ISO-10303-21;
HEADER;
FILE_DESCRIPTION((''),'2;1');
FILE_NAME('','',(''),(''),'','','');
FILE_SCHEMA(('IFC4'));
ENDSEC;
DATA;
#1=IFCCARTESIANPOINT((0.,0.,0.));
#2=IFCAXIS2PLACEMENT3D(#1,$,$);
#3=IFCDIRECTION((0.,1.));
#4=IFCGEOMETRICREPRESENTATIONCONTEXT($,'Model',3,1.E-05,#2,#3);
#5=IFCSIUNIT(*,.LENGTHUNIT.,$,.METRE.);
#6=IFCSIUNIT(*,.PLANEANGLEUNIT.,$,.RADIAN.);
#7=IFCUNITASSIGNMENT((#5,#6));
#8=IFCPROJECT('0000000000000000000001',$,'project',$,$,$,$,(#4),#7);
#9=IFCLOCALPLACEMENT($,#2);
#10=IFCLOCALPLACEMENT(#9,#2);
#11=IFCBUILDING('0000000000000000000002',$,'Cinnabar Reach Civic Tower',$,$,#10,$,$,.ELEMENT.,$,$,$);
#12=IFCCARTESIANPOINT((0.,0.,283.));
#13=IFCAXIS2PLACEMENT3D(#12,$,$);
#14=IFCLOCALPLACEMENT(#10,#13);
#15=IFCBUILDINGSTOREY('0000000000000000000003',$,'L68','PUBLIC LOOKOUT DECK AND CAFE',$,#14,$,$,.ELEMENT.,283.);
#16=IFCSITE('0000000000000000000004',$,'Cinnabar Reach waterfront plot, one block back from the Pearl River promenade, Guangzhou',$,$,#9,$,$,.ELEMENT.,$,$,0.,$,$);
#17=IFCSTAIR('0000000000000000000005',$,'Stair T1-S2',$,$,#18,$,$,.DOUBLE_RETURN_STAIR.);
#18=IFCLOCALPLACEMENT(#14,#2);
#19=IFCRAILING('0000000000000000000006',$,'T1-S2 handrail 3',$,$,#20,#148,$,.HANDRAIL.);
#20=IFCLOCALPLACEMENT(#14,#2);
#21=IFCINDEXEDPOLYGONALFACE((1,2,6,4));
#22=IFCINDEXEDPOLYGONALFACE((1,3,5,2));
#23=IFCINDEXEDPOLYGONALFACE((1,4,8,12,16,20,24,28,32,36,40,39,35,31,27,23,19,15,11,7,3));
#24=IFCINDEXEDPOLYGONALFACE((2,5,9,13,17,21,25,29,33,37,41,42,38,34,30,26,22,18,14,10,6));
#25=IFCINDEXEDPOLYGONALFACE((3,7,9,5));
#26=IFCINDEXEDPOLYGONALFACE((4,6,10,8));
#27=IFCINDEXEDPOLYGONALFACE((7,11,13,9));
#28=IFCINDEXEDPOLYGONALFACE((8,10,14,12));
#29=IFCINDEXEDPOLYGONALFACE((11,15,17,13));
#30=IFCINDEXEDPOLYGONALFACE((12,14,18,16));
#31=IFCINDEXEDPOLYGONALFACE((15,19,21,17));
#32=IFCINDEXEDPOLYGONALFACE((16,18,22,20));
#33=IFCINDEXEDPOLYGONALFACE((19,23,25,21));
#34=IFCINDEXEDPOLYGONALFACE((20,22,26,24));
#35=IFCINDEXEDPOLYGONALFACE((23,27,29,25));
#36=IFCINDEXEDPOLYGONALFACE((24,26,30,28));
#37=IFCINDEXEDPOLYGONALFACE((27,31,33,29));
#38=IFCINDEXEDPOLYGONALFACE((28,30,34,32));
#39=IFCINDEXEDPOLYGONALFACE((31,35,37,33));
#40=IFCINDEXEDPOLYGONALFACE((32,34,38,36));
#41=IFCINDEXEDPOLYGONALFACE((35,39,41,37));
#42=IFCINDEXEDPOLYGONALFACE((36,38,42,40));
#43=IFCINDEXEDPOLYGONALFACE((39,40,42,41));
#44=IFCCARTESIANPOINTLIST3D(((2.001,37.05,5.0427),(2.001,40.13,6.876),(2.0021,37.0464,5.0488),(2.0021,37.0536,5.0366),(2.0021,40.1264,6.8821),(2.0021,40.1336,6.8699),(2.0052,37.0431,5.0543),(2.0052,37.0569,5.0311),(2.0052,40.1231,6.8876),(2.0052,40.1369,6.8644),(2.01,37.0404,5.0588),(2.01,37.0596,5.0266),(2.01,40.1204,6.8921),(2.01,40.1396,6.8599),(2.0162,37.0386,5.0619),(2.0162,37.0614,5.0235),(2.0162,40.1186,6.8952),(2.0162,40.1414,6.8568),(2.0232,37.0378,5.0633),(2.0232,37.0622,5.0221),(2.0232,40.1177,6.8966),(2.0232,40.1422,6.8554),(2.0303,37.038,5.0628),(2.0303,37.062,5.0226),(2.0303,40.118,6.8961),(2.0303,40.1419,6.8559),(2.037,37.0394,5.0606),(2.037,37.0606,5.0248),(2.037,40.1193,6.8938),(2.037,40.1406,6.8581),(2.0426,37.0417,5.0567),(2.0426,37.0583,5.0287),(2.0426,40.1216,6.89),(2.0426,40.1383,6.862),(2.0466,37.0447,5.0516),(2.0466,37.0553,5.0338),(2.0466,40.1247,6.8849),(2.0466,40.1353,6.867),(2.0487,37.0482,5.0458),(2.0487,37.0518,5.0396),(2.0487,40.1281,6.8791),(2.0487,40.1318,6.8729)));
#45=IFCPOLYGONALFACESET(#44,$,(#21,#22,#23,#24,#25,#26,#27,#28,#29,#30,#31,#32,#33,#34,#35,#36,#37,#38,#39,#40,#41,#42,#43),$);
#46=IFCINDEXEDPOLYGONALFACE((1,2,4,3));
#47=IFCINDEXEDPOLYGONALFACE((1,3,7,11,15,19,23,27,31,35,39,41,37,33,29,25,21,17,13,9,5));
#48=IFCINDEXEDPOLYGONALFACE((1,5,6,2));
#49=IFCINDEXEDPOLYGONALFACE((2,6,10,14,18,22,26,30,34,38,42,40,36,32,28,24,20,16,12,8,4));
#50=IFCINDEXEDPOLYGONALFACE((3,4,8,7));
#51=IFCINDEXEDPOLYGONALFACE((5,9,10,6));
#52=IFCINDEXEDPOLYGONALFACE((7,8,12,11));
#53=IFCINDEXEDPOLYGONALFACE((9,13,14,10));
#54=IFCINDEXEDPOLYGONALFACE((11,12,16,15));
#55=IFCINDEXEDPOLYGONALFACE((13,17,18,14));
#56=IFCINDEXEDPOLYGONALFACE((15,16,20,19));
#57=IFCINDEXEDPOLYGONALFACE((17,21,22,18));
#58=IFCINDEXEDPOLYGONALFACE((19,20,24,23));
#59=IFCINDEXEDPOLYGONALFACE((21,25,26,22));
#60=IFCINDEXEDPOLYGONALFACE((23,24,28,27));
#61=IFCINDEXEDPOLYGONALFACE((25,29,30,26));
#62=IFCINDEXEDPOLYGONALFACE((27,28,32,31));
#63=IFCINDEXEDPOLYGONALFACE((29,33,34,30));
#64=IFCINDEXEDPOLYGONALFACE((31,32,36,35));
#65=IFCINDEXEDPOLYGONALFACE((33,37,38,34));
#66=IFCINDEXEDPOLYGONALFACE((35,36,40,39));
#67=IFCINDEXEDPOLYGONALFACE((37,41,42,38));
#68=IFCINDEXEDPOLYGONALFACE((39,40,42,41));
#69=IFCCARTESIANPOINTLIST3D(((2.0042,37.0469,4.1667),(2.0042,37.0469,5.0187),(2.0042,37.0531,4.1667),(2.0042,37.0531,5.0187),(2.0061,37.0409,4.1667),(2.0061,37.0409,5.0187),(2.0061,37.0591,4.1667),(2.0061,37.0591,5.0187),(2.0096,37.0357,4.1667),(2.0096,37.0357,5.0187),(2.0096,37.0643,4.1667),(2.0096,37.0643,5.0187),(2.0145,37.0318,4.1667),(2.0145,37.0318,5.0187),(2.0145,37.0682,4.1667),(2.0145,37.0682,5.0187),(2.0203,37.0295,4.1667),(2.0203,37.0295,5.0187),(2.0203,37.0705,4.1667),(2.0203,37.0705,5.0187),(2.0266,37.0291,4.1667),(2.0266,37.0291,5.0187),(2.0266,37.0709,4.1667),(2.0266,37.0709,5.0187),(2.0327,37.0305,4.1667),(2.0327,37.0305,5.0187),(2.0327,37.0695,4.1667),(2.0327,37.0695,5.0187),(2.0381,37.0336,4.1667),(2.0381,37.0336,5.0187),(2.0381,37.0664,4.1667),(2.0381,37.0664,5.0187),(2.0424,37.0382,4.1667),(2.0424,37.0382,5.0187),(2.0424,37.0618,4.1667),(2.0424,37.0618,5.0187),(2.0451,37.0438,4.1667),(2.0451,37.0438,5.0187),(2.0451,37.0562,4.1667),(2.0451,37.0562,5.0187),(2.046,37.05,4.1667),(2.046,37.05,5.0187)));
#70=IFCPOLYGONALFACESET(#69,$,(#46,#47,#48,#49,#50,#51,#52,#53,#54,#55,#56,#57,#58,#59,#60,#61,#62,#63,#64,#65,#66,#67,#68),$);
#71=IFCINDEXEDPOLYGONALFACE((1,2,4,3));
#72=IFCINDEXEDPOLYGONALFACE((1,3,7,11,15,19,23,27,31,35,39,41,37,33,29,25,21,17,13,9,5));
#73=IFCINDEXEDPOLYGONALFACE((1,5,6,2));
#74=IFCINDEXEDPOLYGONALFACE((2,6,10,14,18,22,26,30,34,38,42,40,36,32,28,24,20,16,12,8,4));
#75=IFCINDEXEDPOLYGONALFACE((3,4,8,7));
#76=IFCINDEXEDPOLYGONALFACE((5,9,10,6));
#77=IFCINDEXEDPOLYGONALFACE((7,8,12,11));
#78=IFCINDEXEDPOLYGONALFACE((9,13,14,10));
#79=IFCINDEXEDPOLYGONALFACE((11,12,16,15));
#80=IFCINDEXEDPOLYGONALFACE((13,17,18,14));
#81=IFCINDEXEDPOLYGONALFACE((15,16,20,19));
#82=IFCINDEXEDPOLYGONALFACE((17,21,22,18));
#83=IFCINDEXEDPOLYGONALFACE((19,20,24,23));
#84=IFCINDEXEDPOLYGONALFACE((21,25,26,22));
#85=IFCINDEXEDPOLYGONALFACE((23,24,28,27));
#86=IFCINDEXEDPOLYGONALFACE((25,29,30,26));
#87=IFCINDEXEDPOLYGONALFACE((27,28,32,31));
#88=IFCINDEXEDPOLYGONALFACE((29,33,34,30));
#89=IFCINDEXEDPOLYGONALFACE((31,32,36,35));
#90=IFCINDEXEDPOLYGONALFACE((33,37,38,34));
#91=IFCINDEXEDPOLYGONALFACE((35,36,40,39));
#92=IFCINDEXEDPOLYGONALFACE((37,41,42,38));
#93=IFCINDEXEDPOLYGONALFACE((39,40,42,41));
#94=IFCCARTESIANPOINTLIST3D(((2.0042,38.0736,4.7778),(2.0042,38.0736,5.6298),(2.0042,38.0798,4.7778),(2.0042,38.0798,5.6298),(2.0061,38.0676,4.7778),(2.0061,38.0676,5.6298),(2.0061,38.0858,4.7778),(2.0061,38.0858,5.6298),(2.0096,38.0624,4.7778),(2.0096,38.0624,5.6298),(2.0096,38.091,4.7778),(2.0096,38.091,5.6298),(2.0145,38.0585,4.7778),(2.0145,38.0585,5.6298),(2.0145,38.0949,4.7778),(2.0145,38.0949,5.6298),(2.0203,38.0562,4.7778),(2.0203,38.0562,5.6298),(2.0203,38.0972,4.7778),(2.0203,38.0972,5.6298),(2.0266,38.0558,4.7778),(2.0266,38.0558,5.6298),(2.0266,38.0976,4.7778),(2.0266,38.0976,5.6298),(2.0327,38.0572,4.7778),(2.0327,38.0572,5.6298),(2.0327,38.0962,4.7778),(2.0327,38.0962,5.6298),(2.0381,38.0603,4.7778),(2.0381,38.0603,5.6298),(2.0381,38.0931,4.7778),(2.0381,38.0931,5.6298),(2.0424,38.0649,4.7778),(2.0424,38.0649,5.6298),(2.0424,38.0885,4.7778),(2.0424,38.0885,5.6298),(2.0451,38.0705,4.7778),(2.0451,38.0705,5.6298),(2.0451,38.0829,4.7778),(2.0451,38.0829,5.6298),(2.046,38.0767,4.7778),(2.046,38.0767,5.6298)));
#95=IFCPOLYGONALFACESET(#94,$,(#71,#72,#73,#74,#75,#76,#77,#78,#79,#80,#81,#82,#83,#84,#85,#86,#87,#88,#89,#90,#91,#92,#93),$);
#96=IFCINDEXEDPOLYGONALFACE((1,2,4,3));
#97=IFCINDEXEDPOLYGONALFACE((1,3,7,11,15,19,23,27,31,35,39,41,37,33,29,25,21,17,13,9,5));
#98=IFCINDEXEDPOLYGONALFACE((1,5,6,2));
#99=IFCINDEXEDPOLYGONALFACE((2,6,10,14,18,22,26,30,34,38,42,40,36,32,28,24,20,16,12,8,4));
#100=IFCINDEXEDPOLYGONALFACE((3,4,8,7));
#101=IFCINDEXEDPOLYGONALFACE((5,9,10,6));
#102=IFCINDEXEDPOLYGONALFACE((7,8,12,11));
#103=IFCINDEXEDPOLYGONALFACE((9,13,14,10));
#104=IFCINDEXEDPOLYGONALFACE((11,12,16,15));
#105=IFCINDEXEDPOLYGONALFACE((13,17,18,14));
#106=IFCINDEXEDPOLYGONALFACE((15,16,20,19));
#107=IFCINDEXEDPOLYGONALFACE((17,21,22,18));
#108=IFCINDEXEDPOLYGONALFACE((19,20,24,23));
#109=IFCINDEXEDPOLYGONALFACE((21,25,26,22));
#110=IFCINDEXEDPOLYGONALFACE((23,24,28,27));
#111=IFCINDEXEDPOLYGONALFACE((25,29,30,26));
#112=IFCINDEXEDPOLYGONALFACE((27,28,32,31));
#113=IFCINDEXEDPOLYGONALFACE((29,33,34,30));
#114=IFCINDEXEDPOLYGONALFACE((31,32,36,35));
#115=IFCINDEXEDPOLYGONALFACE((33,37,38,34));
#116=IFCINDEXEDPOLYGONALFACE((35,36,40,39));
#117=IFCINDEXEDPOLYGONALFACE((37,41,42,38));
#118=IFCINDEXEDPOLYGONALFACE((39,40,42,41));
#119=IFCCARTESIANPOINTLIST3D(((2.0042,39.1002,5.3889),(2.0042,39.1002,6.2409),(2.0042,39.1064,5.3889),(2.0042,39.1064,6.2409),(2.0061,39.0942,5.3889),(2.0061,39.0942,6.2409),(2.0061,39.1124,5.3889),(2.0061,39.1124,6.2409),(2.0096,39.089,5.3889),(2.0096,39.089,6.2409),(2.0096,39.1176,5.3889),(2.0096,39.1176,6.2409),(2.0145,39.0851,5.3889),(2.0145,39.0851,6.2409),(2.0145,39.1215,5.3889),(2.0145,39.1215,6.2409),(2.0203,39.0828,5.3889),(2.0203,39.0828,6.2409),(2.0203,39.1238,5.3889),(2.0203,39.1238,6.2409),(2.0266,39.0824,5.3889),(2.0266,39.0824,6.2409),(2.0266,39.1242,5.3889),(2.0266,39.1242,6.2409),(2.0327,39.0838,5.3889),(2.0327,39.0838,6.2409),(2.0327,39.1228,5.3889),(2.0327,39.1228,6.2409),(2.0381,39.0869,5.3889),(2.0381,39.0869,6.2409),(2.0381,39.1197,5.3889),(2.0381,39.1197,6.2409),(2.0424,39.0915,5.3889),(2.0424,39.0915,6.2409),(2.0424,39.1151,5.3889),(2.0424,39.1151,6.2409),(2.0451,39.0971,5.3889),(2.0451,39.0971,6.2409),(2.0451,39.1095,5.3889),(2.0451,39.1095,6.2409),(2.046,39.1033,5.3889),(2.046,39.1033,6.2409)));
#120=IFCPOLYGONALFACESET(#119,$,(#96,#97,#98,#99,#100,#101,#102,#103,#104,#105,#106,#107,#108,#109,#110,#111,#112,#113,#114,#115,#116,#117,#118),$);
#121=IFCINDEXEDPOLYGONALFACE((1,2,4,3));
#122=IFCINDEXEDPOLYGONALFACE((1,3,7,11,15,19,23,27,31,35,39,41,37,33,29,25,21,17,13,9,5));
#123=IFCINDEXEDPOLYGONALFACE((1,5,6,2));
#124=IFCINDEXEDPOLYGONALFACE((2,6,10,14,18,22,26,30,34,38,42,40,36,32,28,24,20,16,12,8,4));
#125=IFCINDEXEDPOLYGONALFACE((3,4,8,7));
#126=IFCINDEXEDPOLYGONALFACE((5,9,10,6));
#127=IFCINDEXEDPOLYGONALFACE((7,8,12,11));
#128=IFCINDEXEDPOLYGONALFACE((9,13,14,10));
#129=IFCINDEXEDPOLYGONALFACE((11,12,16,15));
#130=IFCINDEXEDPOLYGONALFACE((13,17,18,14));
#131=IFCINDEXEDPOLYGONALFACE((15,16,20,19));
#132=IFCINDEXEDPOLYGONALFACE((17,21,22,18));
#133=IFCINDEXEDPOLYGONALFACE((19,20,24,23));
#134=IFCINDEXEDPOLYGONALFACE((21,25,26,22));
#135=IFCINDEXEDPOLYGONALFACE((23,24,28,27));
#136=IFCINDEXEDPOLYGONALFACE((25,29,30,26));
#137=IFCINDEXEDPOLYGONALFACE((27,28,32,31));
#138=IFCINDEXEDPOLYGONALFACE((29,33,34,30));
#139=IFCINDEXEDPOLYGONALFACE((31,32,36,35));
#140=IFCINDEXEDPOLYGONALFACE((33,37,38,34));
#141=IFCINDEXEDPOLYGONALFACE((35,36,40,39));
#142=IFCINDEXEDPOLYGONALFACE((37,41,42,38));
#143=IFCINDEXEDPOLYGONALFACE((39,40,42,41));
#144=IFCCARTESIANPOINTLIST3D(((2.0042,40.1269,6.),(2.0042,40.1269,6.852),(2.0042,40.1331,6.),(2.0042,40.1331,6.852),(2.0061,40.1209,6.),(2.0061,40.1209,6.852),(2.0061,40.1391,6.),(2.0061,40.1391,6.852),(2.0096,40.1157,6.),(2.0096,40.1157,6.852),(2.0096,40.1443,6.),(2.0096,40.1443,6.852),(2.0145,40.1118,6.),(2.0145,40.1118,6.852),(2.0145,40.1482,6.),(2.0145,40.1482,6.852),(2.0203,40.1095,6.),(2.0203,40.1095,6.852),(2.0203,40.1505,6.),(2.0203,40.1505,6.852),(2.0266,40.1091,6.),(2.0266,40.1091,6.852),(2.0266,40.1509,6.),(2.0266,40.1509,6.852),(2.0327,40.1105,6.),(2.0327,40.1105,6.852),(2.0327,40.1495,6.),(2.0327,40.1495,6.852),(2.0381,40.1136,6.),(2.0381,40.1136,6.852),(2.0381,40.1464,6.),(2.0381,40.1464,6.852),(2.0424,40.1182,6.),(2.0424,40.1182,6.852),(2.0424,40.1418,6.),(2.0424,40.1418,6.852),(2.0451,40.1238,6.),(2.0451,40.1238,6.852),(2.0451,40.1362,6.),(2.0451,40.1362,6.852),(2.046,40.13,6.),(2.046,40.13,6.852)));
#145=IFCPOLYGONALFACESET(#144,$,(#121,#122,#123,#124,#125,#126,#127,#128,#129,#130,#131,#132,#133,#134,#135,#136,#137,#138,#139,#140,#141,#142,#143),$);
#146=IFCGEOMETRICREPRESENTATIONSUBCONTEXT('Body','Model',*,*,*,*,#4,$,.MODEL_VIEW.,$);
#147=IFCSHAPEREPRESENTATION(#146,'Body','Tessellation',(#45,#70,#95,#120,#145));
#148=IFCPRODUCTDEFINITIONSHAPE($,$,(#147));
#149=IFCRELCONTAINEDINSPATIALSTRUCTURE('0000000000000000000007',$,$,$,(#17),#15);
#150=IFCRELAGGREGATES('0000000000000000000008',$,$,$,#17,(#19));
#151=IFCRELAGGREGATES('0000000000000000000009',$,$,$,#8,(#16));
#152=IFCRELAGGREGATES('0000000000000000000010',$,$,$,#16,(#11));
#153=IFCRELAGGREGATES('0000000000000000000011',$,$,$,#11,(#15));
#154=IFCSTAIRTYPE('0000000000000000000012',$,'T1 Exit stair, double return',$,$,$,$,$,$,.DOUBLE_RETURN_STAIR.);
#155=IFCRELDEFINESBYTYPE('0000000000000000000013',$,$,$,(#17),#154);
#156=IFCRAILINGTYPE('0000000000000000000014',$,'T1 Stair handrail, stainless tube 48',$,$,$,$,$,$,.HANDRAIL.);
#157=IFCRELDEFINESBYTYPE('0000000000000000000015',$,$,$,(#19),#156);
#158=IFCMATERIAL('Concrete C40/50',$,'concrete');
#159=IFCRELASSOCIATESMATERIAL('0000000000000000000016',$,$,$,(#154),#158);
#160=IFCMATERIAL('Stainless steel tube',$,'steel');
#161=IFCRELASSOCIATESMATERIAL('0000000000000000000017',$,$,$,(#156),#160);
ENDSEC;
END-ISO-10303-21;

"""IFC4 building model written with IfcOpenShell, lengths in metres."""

from ifc_helpers import new_model, si_unit, direction, frame, origin, origin_2d, place, context, subcontext, project, spatial, circle, extrude, material, type_object, element, aggregate, save


model = new_model("IFC4")

# Units and contexts
model_context = context("Model", 3, precision=1e-05, world=origin(), true_north=direction((0.0, 1.0)))
body_context = subcontext(model_context, "Body", "Model", "MODEL_VIEW")
ifc_project = project(units=[si_unit("LENGTHUNIT", "METRE"), si_unit("PLANEANGLEUNIT", "RADIAN")], contexts=[model_context])

# Site, building, storey
site_placement = place(None, origin())
site = spatial("IfcSite", under=ifc_project, at=site_placement, Name="Cinnabar Reach waterfront plot, one block back from the Pearl River promenade, Guangzhou", CompositionType="ELEMENT", RefElevation=0.0)
building_placement = place(site_placement, origin())
building = spatial("IfcBuilding", under=site, at=building_placement, Name="Cinnabar Reach Civic Tower", CompositionType="ELEMENT")
storey_placement = place(building_placement, frame((0.0, 0.0, 283.0)))
storey = spatial("IfcBuildingStorey", under=building, at=storey_placement, Name="L68", Description="PUBLIC LOOKOUT DECK AND CAFE", CompositionType="ELEMENT", Elevation=283.0)

# Shared definitions
ifc_material_1 = material(Name="Concrete C40/50", Category="concrete")

# Stair, railing
stair_type = type_object("IfcStairType", Name="T1 Exit stair, double return", PredefinedType="DOUBLE_RETURN_STAIR", material=ifc_material_1)
stair_placement = place(storey_placement, origin())
stair = element("IfcStair", 1, at=stair_placement, inside=storey, type_object=stair_type, Name="Stair T1-S2", PredefinedType="DOUBLE_RETURN_STAIR")
ifc_material_2 = material(Name="Stainless steel tube", Category="steel")
railing_type = type_object("IfcRailingType", Name="T1 Stair handrail, stainless tube 48", PredefinedType="HANDRAIL", material=ifc_material_2)
railing_1_placement = place(storey_placement, frame((2.025, 37.05, 4.1667)))
railing_1 = element("IfcRailing", 2, at=railing_1_placement, type_object=railing_type, Name="T1-S2 handrail 3", PredefinedType="HANDRAIL", context=body_context, shape_type="SweptSolid", body=[
    extrude(circle(Radius=0.024, at=origin_2d()), frame((0.0, 0.0, 0.876), z_axis=(0.0, 0.859297, 0.511477), x_axis=(-1.0, 0.0, 0.0)), (0.0, 0.0, 1.0), 3.5843),
    extrude(circle(Radius=0.021, at=origin_2d()), origin(), (0.0, 0.0, 1.0), 0.852),
    extrude(circle(Radius=0.021, at=origin_2d()), frame((0.0, 1.0267, 0.6111)), (0.0, 0.0, 1.0), 0.852),
    extrude(circle(Radius=0.021, at=origin_2d()), frame((0.0, 2.0533, 1.2222)), (0.0, 0.0, 1.0), 0.852),
    extrude(circle(Radius=0.021, at=origin_2d()), frame((0.0, 3.08, 1.8333)), (0.0, 0.0, 1.0), 0.852),
])
aggregate(stair, [railing_1])

save(model, "model.ifc")
